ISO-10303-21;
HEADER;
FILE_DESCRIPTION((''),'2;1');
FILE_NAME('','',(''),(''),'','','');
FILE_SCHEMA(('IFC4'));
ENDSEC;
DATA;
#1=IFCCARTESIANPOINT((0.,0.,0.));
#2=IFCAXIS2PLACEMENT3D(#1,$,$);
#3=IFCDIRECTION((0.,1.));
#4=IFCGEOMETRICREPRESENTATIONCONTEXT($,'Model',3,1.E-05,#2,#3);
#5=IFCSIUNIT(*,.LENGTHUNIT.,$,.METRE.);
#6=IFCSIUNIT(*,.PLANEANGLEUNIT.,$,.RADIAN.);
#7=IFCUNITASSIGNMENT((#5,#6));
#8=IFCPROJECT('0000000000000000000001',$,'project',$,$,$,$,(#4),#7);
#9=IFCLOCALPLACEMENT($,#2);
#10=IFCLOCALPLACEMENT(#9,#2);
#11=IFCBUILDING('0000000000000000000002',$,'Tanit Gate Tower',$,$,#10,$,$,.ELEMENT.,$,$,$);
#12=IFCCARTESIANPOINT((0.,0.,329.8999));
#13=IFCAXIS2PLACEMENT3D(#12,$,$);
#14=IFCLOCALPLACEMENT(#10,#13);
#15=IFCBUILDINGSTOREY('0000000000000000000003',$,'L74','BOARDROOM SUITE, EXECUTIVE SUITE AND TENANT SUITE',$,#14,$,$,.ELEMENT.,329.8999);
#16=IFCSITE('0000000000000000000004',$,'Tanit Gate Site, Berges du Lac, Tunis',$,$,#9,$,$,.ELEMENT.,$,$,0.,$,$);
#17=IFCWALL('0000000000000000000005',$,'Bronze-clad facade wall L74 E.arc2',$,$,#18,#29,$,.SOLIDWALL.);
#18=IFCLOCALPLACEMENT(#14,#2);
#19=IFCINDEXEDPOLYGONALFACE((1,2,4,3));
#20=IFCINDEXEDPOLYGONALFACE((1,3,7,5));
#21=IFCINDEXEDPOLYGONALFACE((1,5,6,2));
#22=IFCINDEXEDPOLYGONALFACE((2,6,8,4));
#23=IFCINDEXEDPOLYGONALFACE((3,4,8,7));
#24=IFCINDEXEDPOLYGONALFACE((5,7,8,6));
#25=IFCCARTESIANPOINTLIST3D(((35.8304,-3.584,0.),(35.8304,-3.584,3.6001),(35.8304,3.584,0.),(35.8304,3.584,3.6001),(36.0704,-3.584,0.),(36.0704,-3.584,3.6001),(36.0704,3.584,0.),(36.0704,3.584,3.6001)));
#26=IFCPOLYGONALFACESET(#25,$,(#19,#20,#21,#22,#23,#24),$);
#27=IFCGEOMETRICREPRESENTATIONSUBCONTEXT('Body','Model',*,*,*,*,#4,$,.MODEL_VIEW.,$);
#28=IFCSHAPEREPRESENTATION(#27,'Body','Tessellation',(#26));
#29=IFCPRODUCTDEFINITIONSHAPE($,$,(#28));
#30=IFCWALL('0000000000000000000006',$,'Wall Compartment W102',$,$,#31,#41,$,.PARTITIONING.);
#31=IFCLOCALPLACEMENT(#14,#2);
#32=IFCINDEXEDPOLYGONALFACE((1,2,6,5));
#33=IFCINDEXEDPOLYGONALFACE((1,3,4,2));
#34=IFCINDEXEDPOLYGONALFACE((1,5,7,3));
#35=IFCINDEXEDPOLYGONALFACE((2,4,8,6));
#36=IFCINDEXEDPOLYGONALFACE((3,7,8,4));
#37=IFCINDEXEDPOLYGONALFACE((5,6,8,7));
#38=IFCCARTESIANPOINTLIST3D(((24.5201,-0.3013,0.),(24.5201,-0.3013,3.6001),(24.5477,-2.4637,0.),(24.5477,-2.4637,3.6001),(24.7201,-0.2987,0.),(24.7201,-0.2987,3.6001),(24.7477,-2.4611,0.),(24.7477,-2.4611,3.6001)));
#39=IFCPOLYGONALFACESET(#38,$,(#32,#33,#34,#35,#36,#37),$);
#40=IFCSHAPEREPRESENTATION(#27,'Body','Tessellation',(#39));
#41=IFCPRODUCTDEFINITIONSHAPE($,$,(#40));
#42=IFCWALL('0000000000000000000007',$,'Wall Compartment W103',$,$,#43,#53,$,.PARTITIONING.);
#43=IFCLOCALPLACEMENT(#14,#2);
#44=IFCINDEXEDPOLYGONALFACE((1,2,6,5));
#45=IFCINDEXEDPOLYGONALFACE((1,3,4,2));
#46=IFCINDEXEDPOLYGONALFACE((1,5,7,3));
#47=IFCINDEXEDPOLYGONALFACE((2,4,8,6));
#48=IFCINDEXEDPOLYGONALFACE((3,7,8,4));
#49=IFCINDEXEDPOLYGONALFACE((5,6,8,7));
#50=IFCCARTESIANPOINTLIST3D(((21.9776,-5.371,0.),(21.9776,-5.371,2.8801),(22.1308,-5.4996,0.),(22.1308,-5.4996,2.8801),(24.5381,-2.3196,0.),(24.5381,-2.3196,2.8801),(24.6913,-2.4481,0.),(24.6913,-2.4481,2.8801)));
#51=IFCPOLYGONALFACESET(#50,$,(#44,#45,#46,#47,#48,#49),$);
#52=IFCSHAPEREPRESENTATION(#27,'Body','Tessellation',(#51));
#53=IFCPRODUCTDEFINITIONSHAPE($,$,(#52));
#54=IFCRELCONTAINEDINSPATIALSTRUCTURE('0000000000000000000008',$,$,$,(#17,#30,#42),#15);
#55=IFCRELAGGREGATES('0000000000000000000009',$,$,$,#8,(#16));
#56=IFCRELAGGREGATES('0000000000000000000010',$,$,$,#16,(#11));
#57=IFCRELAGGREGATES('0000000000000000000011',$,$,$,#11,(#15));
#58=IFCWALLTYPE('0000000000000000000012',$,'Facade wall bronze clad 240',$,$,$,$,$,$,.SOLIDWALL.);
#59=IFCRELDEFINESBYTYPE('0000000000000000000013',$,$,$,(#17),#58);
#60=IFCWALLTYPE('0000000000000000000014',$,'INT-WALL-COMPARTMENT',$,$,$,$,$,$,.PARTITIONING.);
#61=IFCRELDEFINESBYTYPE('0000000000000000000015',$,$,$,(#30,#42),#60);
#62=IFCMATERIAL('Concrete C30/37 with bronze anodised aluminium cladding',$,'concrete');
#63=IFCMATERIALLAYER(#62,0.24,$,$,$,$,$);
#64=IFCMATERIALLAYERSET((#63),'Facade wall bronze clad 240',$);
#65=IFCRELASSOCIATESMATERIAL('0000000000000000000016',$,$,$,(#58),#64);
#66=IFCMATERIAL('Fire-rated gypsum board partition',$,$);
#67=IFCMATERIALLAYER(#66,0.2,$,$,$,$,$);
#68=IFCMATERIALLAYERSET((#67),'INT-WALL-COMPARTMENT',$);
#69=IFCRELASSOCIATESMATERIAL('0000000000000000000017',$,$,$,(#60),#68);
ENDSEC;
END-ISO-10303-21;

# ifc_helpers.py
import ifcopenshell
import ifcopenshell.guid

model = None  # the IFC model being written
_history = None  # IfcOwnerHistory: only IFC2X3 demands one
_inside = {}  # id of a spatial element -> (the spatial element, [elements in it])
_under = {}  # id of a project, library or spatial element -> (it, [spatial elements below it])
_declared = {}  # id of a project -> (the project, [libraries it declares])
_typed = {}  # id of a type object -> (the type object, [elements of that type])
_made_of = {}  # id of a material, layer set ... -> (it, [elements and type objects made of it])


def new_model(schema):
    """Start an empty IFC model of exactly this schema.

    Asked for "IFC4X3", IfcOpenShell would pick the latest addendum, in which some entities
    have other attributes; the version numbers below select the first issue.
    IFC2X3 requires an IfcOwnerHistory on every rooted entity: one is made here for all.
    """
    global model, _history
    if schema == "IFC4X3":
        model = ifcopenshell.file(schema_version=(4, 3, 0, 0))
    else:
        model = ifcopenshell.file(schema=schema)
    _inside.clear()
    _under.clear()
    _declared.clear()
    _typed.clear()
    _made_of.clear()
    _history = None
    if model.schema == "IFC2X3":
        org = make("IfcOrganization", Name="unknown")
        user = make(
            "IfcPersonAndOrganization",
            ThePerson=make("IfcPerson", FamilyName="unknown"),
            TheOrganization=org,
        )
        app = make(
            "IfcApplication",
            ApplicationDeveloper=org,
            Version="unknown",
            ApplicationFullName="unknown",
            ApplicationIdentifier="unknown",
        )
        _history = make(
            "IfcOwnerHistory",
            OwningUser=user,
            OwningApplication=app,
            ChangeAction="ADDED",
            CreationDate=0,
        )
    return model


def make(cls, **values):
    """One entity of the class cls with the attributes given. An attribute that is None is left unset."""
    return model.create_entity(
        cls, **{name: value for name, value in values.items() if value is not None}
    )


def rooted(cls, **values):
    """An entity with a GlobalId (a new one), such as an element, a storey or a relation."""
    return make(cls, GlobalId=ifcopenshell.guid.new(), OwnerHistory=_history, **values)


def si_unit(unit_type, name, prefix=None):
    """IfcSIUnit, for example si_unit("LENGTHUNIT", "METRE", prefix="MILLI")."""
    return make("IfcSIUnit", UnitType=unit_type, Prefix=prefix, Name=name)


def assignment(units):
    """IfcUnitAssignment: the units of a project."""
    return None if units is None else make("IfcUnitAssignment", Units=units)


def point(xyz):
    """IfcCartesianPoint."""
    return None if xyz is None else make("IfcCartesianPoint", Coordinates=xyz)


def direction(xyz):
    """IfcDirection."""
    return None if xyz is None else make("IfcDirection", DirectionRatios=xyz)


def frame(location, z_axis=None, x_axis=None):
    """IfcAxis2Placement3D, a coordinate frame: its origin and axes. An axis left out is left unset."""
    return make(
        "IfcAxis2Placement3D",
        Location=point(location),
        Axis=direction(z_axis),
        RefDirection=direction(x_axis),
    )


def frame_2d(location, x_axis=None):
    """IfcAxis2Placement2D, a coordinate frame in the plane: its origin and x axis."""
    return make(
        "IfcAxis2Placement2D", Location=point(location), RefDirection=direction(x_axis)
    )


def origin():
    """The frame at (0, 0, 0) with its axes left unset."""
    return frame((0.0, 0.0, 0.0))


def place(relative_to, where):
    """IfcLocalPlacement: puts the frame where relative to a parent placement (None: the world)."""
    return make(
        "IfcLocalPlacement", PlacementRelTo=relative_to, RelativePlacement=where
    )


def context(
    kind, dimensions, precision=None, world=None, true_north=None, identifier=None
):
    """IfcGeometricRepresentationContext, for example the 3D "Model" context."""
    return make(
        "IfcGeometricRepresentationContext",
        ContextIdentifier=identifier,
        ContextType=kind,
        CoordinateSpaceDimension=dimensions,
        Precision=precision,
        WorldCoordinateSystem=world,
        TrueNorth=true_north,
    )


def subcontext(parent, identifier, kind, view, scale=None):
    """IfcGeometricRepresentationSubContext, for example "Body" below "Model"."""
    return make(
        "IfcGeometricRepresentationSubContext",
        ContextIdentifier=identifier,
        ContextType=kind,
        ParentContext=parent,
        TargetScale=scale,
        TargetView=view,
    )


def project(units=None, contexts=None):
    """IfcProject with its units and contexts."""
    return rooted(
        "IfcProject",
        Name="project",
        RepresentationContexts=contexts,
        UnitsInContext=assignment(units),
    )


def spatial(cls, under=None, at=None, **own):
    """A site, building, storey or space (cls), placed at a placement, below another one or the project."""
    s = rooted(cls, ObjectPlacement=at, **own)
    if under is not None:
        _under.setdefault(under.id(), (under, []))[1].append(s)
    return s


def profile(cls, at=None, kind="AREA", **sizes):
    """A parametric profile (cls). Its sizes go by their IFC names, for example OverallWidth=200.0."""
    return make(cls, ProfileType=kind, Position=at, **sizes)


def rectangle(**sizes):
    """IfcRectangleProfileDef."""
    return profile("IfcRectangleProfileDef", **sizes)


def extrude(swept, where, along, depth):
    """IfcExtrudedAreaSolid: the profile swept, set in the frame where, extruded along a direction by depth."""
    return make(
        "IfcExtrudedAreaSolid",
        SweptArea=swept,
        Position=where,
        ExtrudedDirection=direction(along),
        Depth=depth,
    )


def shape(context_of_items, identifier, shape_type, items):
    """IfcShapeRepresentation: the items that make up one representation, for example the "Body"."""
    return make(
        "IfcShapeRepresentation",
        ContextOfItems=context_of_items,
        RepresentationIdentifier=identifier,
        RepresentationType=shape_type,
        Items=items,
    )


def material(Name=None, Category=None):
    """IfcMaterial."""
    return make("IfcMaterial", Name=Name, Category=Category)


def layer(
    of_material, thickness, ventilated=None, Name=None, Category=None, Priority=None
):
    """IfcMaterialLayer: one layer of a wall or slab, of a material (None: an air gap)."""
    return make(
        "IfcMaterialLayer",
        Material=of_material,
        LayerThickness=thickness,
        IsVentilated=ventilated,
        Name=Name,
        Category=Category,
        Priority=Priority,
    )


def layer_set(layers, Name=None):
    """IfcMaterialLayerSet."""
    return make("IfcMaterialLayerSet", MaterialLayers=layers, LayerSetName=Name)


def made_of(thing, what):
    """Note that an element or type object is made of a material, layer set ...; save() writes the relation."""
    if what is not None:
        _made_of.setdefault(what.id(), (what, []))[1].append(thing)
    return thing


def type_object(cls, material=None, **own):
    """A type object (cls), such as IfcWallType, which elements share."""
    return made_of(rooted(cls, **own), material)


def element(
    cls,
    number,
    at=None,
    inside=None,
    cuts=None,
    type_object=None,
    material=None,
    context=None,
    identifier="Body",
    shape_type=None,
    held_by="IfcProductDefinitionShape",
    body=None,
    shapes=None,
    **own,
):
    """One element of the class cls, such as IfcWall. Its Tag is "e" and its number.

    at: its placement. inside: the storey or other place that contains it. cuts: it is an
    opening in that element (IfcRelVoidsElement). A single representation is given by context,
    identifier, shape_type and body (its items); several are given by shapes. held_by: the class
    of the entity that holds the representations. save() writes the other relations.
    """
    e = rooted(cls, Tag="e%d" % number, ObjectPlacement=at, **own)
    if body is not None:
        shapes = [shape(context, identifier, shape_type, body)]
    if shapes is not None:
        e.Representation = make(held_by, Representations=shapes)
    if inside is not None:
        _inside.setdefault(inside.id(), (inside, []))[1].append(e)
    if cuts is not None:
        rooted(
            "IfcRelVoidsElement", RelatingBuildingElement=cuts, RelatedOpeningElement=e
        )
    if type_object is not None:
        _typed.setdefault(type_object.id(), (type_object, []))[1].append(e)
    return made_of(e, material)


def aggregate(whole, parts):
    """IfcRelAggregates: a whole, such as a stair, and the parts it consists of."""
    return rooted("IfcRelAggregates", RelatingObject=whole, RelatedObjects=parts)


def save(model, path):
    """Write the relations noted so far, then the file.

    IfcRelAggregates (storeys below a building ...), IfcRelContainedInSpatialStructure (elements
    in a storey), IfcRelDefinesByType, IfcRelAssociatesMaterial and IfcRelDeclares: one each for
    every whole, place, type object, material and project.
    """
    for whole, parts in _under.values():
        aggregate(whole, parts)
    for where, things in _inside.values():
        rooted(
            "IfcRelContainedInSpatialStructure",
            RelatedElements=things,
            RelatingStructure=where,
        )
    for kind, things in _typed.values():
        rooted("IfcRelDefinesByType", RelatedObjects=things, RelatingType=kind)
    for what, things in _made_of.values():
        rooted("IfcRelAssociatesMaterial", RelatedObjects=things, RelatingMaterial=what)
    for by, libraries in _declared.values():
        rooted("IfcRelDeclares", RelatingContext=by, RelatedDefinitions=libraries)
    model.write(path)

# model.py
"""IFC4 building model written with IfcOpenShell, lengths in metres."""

from ifc_helpers import new_model, si_unit, direction, frame, frame_2d, origin, place, context, subcontext, project, spatial, rectangle, extrude, material, layer, layer_set, type_object, element, save


model = new_model("IFC4")

# Units and contexts
model_context = context("Model", 3, precision=1e-05, world=origin(), true_north=direction((0.0, 1.0)))
body_context = subcontext(model_context, "Body", "Model", "MODEL_VIEW")
ifc_project = project(units=[si_unit("LENGTHUNIT", "METRE"), si_unit("PLANEANGLEUNIT", "RADIAN")], contexts=[model_context])

# Site, building, storey
site_placement = place(None, origin())
site = spatial("IfcSite", under=ifc_project, at=site_placement, Name="Tanit Gate Site, Berges du Lac, Tunis", CompositionType="ELEMENT", RefElevation=0.0)
building_placement = place(site_placement, origin())
building = spatial("IfcBuilding", under=site, at=building_placement, Name="Tanit Gate Tower", CompositionType="ELEMENT")
storey_placement = place(building_placement, frame((0.0, 0.0, 329.8999)))
storey = spatial("IfcBuildingStorey", under=building, at=storey_placement, Name="L74", Description="BOARDROOM SUITE, EXECUTIVE SUITE AND TENANT SUITE", CompositionType="ELEMENT", Elevation=329.8999)

# Walls
ifc_material_1 = material(Name="Concrete C30/37 with bronze anodised aluminium cladding", Category="concrete")
ifc_layer_1 = layer(ifc_material_1, 0.24)
ifc_layer_set_1 = layer_set([ifc_layer_1], Name="Facade wall bronze clad 240")
wall_type_1 = type_object("IfcWallType", Name="Facade wall bronze clad 240", PredefinedType="SOLIDWALL", material=ifc_layer_set_1)
wall_1_placement = place(storey_placement, frame((35.9504, -3.584, 0.0), z_axis=(0.0, 0.0, 1.0), x_axis=(0.0, 1.0, 0.0)))
element("IfcWall", 1, at=wall_1_placement, inside=storey, type_object=wall_type_1, Name="Bronze-clad facade wall L74 E.arc2", PredefinedType="SOLIDWALL", context=body_context, shape_type="SweptSolid", body=[
    extrude(rectangle(XDim=7.168, YDim=0.24, at=frame_2d((3.584, 0.0))), origin(), (0.0, 0.0, 1.0), 3.6001),
])
ifc_material_2 = material(Name="Fire-rated gypsum board partition")
ifc_layer_2 = layer(ifc_material_2, 0.2)
ifc_layer_set_2 = layer_set([ifc_layer_2], Name="INT-WALL-COMPARTMENT")
wall_type_2 = type_object("IfcWallType", Name="INT-WALL-COMPARTMENT", PredefinedType="PARTITIONING", material=ifc_layer_set_2)
wall_2_placement = place(storey_placement, frame((24.6477, -2.4624, 0.0), z_axis=(0.0, 0.0, 1.0), x_axis=(-0.012757, 0.999919, 0.0)))
element("IfcWall", 2, at=wall_2_placement, inside=storey, type_object=wall_type_2, Name="Wall Compartment W102", PredefinedType="PARTITIONING", context=body_context, shape_type="SweptSolid", body=[
    extrude(rectangle(XDim=2.1626, YDim=0.2, at=frame_2d((1.0813, 0.0))), origin(), (0.0, 0.0, 1.0), 3.6001),
])
wall_3_placement = place(storey_placement, frame((22.0542, -5.4353, 0.0), z_axis=(0.0, 0.0, 1.0), x_axis=(0.642791, 0.766042, 0.0)))
element("IfcWall", 3, at=wall_3_placement, inside=storey, type_object=wall_type_2, Name="Wall Compartment W103", PredefinedType="PARTITIONING", context=body_context, shape_type="SweptSolid", body=[
    extrude(rectangle(XDim=3.9834, YDim=0.2, at=frame_2d((1.9917, 0.0))), origin(), (0.0, 0.0, 1.0), 2.8801),
])

save(model, "model.ifc")
